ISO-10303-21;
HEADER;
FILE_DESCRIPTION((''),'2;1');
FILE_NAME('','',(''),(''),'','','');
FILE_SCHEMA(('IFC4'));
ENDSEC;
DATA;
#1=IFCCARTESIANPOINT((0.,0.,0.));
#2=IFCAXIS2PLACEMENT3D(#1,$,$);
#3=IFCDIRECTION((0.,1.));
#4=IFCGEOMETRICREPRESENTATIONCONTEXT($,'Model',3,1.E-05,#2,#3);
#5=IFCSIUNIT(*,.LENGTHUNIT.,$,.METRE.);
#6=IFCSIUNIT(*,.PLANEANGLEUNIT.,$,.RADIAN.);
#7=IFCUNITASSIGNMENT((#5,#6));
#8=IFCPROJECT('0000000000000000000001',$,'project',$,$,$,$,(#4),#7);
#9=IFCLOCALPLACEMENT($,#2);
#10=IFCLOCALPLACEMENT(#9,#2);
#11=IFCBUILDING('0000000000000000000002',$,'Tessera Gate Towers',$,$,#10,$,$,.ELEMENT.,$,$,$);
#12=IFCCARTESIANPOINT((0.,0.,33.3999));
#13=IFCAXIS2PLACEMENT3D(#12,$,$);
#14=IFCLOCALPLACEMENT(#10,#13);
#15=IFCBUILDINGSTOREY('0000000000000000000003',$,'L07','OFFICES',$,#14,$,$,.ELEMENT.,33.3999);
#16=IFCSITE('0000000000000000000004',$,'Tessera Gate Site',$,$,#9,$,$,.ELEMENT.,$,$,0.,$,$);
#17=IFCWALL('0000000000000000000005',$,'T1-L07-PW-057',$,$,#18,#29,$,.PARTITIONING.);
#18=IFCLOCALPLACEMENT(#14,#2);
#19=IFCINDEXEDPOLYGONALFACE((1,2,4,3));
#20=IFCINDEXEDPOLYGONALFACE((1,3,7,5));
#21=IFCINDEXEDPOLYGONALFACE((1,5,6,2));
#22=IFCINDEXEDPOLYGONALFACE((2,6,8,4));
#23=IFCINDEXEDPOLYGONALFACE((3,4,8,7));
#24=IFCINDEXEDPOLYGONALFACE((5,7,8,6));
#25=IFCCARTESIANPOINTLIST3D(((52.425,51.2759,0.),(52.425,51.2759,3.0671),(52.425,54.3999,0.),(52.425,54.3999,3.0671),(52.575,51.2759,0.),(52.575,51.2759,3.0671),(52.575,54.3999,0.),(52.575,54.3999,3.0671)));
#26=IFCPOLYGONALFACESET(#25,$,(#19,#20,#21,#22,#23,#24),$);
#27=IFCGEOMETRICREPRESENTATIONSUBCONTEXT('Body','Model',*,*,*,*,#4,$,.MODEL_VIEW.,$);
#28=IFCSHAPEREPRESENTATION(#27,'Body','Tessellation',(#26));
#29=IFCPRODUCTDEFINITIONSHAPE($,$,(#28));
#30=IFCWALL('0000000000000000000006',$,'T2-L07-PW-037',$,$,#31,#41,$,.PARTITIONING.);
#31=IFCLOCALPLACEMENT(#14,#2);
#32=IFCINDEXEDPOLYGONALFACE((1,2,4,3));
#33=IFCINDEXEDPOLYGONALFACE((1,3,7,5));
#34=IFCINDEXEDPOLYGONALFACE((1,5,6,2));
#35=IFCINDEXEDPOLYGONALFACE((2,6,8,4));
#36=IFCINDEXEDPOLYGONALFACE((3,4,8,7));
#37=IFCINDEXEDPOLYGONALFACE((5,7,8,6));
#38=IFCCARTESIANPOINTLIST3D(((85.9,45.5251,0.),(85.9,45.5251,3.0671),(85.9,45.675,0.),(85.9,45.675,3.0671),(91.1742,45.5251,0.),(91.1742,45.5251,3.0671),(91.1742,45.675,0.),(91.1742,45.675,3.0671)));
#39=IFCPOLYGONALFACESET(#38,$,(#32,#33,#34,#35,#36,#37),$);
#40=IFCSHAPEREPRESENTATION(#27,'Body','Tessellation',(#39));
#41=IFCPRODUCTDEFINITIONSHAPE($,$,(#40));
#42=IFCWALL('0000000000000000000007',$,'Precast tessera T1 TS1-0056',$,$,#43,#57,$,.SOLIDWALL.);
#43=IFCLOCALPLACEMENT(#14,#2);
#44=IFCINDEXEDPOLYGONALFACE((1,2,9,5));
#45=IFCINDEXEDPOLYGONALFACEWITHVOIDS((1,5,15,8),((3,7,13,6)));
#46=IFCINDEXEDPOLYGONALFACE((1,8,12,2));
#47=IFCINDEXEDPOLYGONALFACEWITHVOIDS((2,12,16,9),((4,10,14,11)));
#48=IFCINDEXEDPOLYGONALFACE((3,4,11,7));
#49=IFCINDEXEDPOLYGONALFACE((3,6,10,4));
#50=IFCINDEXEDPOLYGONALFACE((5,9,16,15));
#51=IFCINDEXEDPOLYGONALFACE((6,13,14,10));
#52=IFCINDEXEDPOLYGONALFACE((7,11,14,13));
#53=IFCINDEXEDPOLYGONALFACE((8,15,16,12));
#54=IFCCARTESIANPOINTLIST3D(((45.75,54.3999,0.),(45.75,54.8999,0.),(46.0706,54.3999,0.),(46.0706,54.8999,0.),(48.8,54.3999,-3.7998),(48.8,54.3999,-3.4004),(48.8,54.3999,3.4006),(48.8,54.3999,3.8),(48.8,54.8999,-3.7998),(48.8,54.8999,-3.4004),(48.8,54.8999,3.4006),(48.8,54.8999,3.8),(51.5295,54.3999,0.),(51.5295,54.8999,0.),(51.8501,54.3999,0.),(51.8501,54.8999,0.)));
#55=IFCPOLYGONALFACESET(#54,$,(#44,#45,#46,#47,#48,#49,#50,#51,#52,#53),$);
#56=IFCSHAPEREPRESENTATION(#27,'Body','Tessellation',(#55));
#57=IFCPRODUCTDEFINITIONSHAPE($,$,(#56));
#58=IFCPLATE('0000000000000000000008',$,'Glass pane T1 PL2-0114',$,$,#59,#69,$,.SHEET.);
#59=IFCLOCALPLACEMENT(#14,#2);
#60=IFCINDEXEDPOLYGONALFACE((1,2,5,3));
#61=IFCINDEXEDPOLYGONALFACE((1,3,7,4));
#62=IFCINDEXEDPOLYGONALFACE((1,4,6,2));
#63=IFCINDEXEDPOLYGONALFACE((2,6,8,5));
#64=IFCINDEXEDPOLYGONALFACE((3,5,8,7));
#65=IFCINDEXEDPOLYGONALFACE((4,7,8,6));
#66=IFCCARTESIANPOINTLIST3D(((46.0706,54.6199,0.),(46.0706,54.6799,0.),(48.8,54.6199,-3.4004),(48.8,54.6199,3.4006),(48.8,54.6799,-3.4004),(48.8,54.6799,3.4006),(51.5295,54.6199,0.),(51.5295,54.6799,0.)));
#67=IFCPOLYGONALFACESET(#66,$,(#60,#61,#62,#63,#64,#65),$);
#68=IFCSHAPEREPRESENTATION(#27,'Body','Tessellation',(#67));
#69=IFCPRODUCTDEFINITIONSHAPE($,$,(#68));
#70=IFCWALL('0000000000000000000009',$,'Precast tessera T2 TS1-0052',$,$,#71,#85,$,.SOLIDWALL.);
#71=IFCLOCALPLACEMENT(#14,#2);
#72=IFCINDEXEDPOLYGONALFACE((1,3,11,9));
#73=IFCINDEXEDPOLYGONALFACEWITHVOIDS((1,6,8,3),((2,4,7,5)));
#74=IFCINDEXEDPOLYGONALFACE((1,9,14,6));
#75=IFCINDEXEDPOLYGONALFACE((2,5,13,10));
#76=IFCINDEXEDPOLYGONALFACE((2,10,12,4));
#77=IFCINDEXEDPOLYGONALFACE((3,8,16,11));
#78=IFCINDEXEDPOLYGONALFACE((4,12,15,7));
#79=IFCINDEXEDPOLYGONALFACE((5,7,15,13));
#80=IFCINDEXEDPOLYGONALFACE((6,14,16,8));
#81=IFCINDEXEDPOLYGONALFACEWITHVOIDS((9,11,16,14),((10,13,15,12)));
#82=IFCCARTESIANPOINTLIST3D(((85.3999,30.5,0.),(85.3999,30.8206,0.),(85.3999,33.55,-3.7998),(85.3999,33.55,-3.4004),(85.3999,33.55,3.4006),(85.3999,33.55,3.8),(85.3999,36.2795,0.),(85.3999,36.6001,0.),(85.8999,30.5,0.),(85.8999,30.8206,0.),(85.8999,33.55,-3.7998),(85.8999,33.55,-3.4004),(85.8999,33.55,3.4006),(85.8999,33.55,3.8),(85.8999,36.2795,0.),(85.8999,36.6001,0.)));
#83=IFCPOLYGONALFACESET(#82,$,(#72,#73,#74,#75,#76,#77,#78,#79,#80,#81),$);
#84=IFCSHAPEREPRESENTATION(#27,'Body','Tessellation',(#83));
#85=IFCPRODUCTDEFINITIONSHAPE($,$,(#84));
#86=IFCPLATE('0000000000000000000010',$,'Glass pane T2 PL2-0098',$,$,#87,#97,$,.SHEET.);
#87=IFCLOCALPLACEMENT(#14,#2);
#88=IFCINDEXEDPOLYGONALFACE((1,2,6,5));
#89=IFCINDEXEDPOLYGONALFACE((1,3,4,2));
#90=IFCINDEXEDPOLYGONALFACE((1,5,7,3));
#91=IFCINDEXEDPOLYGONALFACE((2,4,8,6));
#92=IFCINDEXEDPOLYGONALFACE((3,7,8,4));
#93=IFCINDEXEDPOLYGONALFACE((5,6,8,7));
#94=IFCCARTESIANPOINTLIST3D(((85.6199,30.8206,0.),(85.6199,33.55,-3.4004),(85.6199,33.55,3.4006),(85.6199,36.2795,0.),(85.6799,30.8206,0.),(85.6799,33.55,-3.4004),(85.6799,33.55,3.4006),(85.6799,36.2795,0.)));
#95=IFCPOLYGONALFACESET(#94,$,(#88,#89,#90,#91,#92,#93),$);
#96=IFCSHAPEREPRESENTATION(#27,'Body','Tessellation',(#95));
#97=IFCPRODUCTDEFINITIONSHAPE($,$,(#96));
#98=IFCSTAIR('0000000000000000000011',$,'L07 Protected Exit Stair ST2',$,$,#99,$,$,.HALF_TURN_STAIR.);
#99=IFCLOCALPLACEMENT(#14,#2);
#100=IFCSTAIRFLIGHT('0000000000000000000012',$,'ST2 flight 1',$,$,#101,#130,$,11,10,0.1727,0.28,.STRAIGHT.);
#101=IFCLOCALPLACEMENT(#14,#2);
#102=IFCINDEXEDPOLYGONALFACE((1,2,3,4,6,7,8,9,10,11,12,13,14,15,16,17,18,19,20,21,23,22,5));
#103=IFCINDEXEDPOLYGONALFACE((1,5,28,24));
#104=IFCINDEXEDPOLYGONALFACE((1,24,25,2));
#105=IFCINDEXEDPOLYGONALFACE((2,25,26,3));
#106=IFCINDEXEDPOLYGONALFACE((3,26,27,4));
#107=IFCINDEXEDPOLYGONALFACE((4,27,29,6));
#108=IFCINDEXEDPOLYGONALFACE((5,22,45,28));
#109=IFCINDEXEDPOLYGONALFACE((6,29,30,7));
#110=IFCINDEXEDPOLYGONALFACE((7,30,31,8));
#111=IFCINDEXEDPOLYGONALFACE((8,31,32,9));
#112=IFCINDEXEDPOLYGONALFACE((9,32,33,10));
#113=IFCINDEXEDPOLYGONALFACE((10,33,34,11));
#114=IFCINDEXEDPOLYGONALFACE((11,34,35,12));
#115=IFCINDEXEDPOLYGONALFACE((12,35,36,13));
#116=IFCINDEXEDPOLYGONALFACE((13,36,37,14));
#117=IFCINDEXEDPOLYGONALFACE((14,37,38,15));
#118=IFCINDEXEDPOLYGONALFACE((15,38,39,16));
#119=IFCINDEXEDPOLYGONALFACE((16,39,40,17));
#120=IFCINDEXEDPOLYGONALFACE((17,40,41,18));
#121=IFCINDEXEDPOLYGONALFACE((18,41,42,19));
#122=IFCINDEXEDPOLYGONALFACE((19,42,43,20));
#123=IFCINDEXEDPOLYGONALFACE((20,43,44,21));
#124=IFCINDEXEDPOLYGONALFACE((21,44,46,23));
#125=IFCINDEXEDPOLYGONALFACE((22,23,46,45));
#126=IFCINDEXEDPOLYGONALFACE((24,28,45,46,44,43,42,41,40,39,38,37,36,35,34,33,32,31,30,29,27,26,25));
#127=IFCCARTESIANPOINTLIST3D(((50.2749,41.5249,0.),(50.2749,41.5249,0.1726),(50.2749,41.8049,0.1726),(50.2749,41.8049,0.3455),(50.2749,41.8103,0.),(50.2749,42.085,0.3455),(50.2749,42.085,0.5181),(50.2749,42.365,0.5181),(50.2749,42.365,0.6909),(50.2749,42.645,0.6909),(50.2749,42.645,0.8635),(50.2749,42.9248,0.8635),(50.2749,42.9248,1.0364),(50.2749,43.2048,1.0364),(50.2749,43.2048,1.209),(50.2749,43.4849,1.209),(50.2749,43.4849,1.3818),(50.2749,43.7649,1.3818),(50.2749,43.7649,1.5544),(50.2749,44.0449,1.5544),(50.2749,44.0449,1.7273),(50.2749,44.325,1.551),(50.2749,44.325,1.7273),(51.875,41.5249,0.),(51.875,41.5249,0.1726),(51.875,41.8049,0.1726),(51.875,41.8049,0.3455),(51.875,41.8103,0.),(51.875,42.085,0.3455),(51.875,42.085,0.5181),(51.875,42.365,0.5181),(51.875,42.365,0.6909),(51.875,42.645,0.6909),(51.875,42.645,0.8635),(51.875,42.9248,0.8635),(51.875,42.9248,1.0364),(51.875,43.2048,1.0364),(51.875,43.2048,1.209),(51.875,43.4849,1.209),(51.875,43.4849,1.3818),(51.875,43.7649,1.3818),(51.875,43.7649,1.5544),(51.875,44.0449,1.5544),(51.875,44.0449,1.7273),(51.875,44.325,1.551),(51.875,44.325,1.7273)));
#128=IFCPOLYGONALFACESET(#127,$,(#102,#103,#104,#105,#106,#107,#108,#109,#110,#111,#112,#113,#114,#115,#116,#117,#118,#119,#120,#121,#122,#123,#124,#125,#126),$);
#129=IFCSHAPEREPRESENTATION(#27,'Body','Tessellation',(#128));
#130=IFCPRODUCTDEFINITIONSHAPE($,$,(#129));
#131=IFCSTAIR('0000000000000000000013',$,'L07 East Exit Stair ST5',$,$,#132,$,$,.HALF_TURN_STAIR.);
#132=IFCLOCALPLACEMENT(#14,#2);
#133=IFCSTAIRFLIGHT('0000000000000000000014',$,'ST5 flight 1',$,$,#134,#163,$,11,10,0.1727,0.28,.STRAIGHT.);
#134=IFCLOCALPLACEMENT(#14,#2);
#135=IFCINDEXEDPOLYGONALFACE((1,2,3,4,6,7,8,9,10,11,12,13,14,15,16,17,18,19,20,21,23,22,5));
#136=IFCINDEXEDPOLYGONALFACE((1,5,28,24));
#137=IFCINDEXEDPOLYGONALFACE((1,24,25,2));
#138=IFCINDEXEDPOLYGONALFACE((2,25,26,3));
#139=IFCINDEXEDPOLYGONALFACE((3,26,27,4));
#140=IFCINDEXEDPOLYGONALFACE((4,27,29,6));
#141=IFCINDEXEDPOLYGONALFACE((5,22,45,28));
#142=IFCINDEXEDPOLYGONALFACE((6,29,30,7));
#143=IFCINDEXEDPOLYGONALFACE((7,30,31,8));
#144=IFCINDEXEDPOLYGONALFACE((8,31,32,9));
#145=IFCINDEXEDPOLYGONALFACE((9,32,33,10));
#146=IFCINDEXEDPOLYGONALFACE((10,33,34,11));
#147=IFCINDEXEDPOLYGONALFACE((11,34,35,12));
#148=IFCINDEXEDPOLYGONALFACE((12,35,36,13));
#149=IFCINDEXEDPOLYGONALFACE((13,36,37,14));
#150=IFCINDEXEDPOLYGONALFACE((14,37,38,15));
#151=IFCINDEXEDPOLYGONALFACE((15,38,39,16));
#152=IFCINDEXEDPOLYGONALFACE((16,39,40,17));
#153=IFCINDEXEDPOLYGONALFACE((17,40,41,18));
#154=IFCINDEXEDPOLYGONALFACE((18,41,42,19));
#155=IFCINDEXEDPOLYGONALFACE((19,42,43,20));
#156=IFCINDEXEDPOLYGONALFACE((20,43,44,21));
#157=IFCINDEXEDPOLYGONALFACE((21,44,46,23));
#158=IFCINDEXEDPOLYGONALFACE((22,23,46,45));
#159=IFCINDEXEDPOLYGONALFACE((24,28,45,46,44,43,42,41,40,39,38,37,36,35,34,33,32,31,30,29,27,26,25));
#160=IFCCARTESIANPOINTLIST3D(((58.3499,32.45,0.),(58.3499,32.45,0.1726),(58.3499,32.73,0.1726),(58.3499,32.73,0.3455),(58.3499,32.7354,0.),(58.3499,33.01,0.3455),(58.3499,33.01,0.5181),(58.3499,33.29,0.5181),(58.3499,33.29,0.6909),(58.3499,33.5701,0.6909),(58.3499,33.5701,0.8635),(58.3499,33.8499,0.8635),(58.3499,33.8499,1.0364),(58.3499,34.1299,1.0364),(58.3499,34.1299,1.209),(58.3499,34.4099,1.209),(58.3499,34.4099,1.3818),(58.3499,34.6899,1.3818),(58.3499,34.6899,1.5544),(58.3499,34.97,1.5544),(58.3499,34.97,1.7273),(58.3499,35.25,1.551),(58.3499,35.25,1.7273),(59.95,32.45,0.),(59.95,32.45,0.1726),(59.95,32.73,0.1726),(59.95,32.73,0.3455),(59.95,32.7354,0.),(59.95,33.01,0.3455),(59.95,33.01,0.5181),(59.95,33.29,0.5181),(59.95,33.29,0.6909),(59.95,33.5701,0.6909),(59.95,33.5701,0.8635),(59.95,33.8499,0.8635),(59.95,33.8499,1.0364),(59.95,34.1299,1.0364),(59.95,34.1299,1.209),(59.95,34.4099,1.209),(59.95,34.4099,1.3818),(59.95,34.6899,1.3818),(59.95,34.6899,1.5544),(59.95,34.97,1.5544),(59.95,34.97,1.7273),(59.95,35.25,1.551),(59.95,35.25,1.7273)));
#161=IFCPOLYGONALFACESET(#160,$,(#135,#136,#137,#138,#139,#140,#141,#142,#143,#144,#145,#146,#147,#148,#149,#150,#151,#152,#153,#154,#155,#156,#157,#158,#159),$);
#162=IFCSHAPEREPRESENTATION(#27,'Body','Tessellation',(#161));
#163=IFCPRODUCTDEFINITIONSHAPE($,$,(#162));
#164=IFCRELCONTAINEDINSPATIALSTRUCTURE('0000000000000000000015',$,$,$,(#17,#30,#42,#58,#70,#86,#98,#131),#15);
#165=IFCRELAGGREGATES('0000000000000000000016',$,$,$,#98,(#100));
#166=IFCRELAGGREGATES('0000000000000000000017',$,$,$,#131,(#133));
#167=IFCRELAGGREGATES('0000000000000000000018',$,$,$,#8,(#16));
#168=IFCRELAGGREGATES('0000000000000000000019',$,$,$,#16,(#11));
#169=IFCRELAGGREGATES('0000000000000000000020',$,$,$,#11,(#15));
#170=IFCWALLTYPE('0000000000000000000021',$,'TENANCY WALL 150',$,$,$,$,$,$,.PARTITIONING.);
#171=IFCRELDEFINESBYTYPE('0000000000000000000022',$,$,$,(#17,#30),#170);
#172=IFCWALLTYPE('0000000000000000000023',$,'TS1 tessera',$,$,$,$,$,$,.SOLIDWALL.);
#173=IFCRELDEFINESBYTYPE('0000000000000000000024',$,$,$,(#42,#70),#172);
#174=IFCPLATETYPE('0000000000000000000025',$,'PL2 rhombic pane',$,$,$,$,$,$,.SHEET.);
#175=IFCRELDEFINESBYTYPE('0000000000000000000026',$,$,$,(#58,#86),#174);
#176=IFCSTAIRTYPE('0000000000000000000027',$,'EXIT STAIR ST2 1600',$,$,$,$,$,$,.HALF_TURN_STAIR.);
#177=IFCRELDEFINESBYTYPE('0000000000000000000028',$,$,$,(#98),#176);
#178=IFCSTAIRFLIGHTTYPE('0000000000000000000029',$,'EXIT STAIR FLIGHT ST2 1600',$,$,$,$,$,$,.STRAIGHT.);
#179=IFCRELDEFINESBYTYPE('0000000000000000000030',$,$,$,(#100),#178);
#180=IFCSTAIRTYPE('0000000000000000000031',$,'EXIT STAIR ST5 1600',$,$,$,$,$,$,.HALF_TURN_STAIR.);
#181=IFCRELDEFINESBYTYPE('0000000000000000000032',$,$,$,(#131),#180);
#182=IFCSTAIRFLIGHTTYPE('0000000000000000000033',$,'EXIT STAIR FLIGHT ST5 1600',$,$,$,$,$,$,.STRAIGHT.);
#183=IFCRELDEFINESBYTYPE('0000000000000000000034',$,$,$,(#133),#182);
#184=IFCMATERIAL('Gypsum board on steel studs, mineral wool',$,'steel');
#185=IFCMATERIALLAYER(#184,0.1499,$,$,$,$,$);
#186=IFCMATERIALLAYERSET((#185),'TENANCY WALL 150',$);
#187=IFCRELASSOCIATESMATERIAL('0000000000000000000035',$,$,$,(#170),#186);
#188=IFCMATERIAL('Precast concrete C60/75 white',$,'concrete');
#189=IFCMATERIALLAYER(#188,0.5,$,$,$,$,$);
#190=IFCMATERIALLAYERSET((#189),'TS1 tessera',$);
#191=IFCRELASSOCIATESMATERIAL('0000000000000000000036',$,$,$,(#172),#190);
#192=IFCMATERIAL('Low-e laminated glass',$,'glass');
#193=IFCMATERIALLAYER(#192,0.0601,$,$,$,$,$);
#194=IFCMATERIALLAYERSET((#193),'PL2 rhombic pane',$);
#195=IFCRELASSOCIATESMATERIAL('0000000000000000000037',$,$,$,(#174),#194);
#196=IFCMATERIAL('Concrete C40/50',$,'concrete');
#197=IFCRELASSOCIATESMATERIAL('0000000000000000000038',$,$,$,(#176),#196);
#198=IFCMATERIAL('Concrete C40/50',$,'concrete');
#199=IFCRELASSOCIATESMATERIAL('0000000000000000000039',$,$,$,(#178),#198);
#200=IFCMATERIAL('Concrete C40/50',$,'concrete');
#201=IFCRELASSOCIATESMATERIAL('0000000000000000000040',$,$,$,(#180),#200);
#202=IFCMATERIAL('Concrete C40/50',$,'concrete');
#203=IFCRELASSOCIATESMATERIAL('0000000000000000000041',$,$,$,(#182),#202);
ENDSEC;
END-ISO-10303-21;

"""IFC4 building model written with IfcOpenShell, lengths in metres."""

from ifc_helpers import new_model, si_unit, direction, frame, frame_2d, origin, place, context, subcontext, project, spatial, polyline, rectangle, outline, extrude, source, transform, mapped, material, layer, layer_set, type_object, element, fill, aggregate, save


model = new_model("IFC4")

# Units and contexts
model_context = context("Model", 3, precision=1e-05, world=origin(), true_north=direction((0.0, 1.0)))
body_context = subcontext(model_context, "Body", "Model", "MODEL_VIEW")
ifc_project = project(units=[si_unit("LENGTHUNIT", "METRE"), si_unit("PLANEANGLEUNIT", "RADIAN")], contexts=[model_context])

# Site, building, storey
site_placement = place(None, origin())
site = spatial("IfcSite", under=ifc_project, at=site_placement, Name="Tessera Gate Site", CompositionType="ELEMENT", RefElevation=0.0)
building_placement = place(site_placement, origin())
building = spatial("IfcBuilding", under=site, at=building_placement, Name="Tessera Gate Towers", CompositionType="ELEMENT")
storey_placement = place(building_placement, frame((0.0, 0.0, 33.3999)))
storey = spatial("IfcBuildingStorey", under=building, at=storey_placement, Name="L07", Description="OFFICES", CompositionType="ELEMENT", Elevation=33.3999)

# Walls
ifc_material_1 = material(Name="Gypsum board on steel studs, mineral wool", Category="steel")
ifc_layer_1 = layer(ifc_material_1, 0.1499)
ifc_layer_set_1 = layer_set([ifc_layer_1], Name="TENANCY WALL 150")
wall_type_1 = type_object("IfcWallType", Name="TENANCY WALL 150", PredefinedType="PARTITIONING", material=ifc_layer_set_1)
wall_1_placement = place(storey_placement, frame((52.5, 51.2759, 0.0), z_axis=(0.0, 0.0, 1.0), x_axis=(0.0, 1.0, 0.0)))
element("IfcWall", 1, at=wall_1_placement, inside=storey, type_object=wall_type_1, Name="T1-L07-PW-057", PredefinedType="PARTITIONING", context=body_context, shape_type="SweptSolid", body=[
    extrude(rectangle(XDim=3.124, YDim=0.1499, at=frame_2d((1.562, 0.0))), origin(), (0.0, 0.0, 1.0), 3.0671),
])
wall_2_placement = place(storey_placement, frame((85.8999, 45.6001, 0.0), z_axis=(0.0, 0.0, 1.0), x_axis=(1.0, 0.0, 0.0)))
element("IfcWall", 2, at=wall_2_placement, inside=storey, type_object=wall_type_1, Name="T2-L07-PW-037", PredefinedType="PARTITIONING", context=body_context, shape_type="SweptSolid", body=[
    extrude(rectangle(XDim=5.2742, YDim=0.1499, at=frame_2d((2.6372, 0.0))), origin(), (0.0, 0.0, 1.0), 3.0671),
])

# Walls, openings, plates
ifc_material_2 = material(Name="Precast concrete C60/75 white", Category="concrete")
ifc_layer_2 = layer(ifc_material_2, 0.5)
ifc_layer_set_2 = layer_set([ifc_layer_2], Name="TS1 tessera")
wall_type_2 = type_object("IfcWallType", Name="TS1 tessera", PredefinedType="SOLIDWALL", material=ifc_layer_set_2)
shared_shape_1 = source(origin(), body_context, "Body", "SweptSolid", [
    extrude(outline(polyline([(3.05, 0.0), (6.1001, 3.7998), (3.05, 7.5999), (0.0, 3.7998), (3.05, 0.0)])), frame((0.0, 0.25, 0.0), z_axis=(0.0, -1.0, 0.0), x_axis=(1.0, 0.0, 0.0)), (0.0, 0.0, 1.0), 0.5),
])
wall_3_placement = place(storey_placement, frame((51.8501, 54.6499, -3.7998), z_axis=(0.0, 0.0, 1.0), x_axis=(-1.0, 0.0, 0.0)))
wall_3 = element("IfcWall", 3, at=wall_3_placement, inside=storey, type_object=wall_type_2, Name="Precast tessera T1 TS1-0056", PredefinedType="SOLIDWALL", context=body_context, shape_type="MappedRepresentation", body=[
    mapped(shared_shape_1, transform((0.0, 0.0, 0.0), scale=1.0)),
])
shared_shape_2 = source(origin(), body_context, "Body", "SweptSolid", [
    extrude(outline(polyline([(3.05, 0.3994), (5.7795, 3.7998), (3.05, 7.2004), (0.3206, 3.7998), (3.05, 0.3994)])), frame((0.0, 0.26, 0.0), z_axis=(0.0, -1.0, 0.0), x_axis=(1.0, 0.0, 0.0)), (0.0, 0.0, 1.0), 0.52),
])
opening_1_placement = place(wall_3_placement, origin())
opening_1 = element("IfcOpeningElement", 4, at=opening_1_placement, cuts=wall_3, PredefinedType="OPENING", context=body_context, shape_type="MappedRepresentation", body=[
    mapped(shared_shape_2, transform((0.0, 0.0, 0.0), scale=1.0)),
])
ifc_material_3 = material(Name="Low-e laminated glass", Category="glass")
ifc_layer_3 = layer(ifc_material_3, 0.0601)
ifc_layer_set_3 = layer_set([ifc_layer_3], Name="PL2 rhombic pane")
plate_type = type_object("IfcPlateType", Name="PL2 rhombic pane", PredefinedType="SHEET", material=ifc_layer_set_3)
shared_shape_3 = source(origin(), body_context, "Body", "SweptSolid", [
    extrude(outline(polyline([(3.05, 0.3994), (5.7795, 3.7998), (3.05, 7.2004), (0.3206, 3.7998), (3.05, 0.3994)])), frame((0.0, 0.03, 0.0), z_axis=(0.0, -1.0, 0.0), x_axis=(1.0, 0.0, 0.0)), (0.0, 0.0, 1.0), 0.0601),
])
plate_1_placement = place(opening_1_placement, origin())
plate_1 = element("IfcPlate", 5, at=plate_1_placement, inside=storey, type_object=plate_type, Name="Glass pane T1 PL2-0114", PredefinedType="SHEET", context=body_context, shape_type="MappedRepresentation", body=[
    mapped(shared_shape_3, transform((0.0, 0.0, 0.0), scale=1.0)),
])
fill(opening_1, plate_1)
wall_4_placement = place(storey_placement, frame((85.6499, 36.6001, -3.7998), z_axis=(0.0, 0.0, 1.0), x_axis=(0.0, -1.0, 0.0)))
wall_4 = element("IfcWall", 6, at=wall_4_placement, inside=storey, type_object=wall_type_2, Name="Precast tessera T2 TS1-0052", PredefinedType="SOLIDWALL", context=body_context, shape_type="MappedRepresentation", body=[
    mapped(shared_shape_1, transform((0.0, 0.0, 0.0), scale=1.0)),
])
opening_2_placement = place(wall_4_placement, origin())
opening_2 = element("IfcOpeningElement", 7, at=opening_2_placement, cuts=wall_4, PredefinedType="OPENING", context=body_context, shape_type="MappedRepresentation", body=[
    mapped(shared_shape_2, transform((0.0, 0.0, 0.0), scale=1.0)),
])
plate_2_placement = place(opening_2_placement, origin())
plate_2 = element("IfcPlate", 8, at=plate_2_placement, inside=storey, type_object=plate_type, Name="Glass pane T2 PL2-0098", PredefinedType="SHEET", context=body_context, shape_type="MappedRepresentation", body=[
    mapped(shared_shape_3, transform((0.0, 0.0, 0.0), scale=1.0)),
])
fill(opening_2, plate_2)

# Stair, stair flight
ifc_material_4 = material(Name="Concrete C40/50", Category="concrete")
stair_type_1 = type_object("IfcStairType", Name="EXIT STAIR ST2 1600", PredefinedType="HALF_TURN_STAIR", material=ifc_material_4)
stair_1_placement = place(storey_placement, origin())
stair_1 = element("IfcStair", 9, at=stair_1_placement, inside=storey, type_object=stair_type_1, Name="L07 Protected Exit Stair ST2", PredefinedType="HALF_TURN_STAIR")
ifc_material_5 = material(Name="Concrete C40/50", Category="concrete")
stair_flight_type_1 = type_object("IfcStairFlightType", Name="EXIT STAIR FLIGHT ST2 1600", PredefinedType="STRAIGHT", material=ifc_material_5)
stair_flight_1_placement = place(storey_placement, frame((51.075, 41.5249, 0.0), z_axis=(0.0, 0.0, 1.0), x_axis=(0.0, 1.0, 0.0)))
stair_flight_1 = element("IfcStairFlight", 10, at=stair_flight_1_placement, type_object=stair_flight_type_1, Name="ST2 flight 1", NumberOfRisers=11, NumberOfTreads=10, PredefinedType="STRAIGHT", RiserHeight=0.1727, TreadLength=0.28, context=body_context, shape_type="SweptSolid", body=[
    extrude(outline(polyline([(0.0, 0.0), (0.0, 0.1726), (0.28, 0.1726), (0.28, 0.3455), (0.5601, 0.3455), (0.5601, 0.5181), (0.8401, 0.5181), (0.8401, 0.6909), (1.1201, 0.6909), (1.1201, 0.8635), (1.3999, 0.8635), (1.3999, 1.0364), (1.6799, 1.0364), (1.6799, 1.209), (1.96, 1.209), (1.96, 1.3818), (2.24, 1.3818), (2.24, 1.5544), (2.52, 1.5544), (2.52, 1.7273), (2.8, 1.7273), (2.8, 1.8999), (2.8, 1.551), (0.2854, 0.0), (0.0, 0.0)])), frame((0.0, 0.8, 0.0), z_axis=(0.0, -1.0, 0.0), x_axis=(1.0, 0.0, 0.0)), (0.0, 0.0, 1.0), 1.6001),
])
aggregate(stair_1, [stair_flight_1])

# Stair, stair flight
ifc_material_6 = material(Name="Concrete C40/50", Category="concrete")
stair_type_2 = type_object("IfcStairType", Name="EXIT STAIR ST5 1600", PredefinedType="HALF_TURN_STAIR", material=ifc_material_6)
stair_2_placement = place(storey_placement, origin())
stair_2 = element("IfcStair", 11, at=stair_2_placement, inside=storey, type_object=stair_type_2, Name="L07 East Exit Stair ST5", PredefinedType="HALF_TURN_STAIR")
ifc_material_7 = material(Name="Concrete C40/50", Category="concrete")
stair_flight_type_2 = type_object("IfcStairFlightType", Name="EXIT STAIR FLIGHT ST5 1600", PredefinedType="STRAIGHT", material=ifc_material_7)
stair_flight_2_placement = place(storey_placement, frame((59.1499, 32.45, 0.0), z_axis=(0.0, 0.0, 1.0), x_axis=(0.0, 1.0, 0.0)))
stair_flight_2 = element("IfcStairFlight", 12, at=stair_flight_2_placement, type_object=stair_flight_type_2, Name="ST5 flight 1", NumberOfRisers=11, NumberOfTreads=10, PredefinedType="STRAIGHT", RiserHeight=0.1727, TreadLength=0.28, context=body_context, shape_type="SweptSolid", body=[
    extrude(outline(polyline([(0.0, 0.0), (0.0, 0.1726), (0.28, 0.1726), (0.28, 0.3455), (0.5601, 0.3455), (0.5601, 0.5181), (0.8401, 0.5181), (0.8401, 0.6909), (1.1201, 0.6909), (1.1201, 0.8635), (1.3999, 0.8635), (1.3999, 1.0364), (1.6799, 1.0364), (1.6799, 1.209), (1.96, 1.209), (1.96, 1.3818), (2.24, 1.3818), (2.24, 1.5544), (2.52, 1.5544), (2.52, 1.7273), (2.8, 1.7273), (2.8, 1.8999), (2.8, 1.551), (0.2854, 0.0), (0.0, 0.0)])), frame((0.0, 0.8, 0.0), z_axis=(0.0, -1.0, 0.0), x_axis=(1.0, 0.0, 0.0)), (0.0, 0.0, 1.0), 1.6001),
])
aggregate(stair_2, [stair_flight_2])

save(model, "model.ifc")
